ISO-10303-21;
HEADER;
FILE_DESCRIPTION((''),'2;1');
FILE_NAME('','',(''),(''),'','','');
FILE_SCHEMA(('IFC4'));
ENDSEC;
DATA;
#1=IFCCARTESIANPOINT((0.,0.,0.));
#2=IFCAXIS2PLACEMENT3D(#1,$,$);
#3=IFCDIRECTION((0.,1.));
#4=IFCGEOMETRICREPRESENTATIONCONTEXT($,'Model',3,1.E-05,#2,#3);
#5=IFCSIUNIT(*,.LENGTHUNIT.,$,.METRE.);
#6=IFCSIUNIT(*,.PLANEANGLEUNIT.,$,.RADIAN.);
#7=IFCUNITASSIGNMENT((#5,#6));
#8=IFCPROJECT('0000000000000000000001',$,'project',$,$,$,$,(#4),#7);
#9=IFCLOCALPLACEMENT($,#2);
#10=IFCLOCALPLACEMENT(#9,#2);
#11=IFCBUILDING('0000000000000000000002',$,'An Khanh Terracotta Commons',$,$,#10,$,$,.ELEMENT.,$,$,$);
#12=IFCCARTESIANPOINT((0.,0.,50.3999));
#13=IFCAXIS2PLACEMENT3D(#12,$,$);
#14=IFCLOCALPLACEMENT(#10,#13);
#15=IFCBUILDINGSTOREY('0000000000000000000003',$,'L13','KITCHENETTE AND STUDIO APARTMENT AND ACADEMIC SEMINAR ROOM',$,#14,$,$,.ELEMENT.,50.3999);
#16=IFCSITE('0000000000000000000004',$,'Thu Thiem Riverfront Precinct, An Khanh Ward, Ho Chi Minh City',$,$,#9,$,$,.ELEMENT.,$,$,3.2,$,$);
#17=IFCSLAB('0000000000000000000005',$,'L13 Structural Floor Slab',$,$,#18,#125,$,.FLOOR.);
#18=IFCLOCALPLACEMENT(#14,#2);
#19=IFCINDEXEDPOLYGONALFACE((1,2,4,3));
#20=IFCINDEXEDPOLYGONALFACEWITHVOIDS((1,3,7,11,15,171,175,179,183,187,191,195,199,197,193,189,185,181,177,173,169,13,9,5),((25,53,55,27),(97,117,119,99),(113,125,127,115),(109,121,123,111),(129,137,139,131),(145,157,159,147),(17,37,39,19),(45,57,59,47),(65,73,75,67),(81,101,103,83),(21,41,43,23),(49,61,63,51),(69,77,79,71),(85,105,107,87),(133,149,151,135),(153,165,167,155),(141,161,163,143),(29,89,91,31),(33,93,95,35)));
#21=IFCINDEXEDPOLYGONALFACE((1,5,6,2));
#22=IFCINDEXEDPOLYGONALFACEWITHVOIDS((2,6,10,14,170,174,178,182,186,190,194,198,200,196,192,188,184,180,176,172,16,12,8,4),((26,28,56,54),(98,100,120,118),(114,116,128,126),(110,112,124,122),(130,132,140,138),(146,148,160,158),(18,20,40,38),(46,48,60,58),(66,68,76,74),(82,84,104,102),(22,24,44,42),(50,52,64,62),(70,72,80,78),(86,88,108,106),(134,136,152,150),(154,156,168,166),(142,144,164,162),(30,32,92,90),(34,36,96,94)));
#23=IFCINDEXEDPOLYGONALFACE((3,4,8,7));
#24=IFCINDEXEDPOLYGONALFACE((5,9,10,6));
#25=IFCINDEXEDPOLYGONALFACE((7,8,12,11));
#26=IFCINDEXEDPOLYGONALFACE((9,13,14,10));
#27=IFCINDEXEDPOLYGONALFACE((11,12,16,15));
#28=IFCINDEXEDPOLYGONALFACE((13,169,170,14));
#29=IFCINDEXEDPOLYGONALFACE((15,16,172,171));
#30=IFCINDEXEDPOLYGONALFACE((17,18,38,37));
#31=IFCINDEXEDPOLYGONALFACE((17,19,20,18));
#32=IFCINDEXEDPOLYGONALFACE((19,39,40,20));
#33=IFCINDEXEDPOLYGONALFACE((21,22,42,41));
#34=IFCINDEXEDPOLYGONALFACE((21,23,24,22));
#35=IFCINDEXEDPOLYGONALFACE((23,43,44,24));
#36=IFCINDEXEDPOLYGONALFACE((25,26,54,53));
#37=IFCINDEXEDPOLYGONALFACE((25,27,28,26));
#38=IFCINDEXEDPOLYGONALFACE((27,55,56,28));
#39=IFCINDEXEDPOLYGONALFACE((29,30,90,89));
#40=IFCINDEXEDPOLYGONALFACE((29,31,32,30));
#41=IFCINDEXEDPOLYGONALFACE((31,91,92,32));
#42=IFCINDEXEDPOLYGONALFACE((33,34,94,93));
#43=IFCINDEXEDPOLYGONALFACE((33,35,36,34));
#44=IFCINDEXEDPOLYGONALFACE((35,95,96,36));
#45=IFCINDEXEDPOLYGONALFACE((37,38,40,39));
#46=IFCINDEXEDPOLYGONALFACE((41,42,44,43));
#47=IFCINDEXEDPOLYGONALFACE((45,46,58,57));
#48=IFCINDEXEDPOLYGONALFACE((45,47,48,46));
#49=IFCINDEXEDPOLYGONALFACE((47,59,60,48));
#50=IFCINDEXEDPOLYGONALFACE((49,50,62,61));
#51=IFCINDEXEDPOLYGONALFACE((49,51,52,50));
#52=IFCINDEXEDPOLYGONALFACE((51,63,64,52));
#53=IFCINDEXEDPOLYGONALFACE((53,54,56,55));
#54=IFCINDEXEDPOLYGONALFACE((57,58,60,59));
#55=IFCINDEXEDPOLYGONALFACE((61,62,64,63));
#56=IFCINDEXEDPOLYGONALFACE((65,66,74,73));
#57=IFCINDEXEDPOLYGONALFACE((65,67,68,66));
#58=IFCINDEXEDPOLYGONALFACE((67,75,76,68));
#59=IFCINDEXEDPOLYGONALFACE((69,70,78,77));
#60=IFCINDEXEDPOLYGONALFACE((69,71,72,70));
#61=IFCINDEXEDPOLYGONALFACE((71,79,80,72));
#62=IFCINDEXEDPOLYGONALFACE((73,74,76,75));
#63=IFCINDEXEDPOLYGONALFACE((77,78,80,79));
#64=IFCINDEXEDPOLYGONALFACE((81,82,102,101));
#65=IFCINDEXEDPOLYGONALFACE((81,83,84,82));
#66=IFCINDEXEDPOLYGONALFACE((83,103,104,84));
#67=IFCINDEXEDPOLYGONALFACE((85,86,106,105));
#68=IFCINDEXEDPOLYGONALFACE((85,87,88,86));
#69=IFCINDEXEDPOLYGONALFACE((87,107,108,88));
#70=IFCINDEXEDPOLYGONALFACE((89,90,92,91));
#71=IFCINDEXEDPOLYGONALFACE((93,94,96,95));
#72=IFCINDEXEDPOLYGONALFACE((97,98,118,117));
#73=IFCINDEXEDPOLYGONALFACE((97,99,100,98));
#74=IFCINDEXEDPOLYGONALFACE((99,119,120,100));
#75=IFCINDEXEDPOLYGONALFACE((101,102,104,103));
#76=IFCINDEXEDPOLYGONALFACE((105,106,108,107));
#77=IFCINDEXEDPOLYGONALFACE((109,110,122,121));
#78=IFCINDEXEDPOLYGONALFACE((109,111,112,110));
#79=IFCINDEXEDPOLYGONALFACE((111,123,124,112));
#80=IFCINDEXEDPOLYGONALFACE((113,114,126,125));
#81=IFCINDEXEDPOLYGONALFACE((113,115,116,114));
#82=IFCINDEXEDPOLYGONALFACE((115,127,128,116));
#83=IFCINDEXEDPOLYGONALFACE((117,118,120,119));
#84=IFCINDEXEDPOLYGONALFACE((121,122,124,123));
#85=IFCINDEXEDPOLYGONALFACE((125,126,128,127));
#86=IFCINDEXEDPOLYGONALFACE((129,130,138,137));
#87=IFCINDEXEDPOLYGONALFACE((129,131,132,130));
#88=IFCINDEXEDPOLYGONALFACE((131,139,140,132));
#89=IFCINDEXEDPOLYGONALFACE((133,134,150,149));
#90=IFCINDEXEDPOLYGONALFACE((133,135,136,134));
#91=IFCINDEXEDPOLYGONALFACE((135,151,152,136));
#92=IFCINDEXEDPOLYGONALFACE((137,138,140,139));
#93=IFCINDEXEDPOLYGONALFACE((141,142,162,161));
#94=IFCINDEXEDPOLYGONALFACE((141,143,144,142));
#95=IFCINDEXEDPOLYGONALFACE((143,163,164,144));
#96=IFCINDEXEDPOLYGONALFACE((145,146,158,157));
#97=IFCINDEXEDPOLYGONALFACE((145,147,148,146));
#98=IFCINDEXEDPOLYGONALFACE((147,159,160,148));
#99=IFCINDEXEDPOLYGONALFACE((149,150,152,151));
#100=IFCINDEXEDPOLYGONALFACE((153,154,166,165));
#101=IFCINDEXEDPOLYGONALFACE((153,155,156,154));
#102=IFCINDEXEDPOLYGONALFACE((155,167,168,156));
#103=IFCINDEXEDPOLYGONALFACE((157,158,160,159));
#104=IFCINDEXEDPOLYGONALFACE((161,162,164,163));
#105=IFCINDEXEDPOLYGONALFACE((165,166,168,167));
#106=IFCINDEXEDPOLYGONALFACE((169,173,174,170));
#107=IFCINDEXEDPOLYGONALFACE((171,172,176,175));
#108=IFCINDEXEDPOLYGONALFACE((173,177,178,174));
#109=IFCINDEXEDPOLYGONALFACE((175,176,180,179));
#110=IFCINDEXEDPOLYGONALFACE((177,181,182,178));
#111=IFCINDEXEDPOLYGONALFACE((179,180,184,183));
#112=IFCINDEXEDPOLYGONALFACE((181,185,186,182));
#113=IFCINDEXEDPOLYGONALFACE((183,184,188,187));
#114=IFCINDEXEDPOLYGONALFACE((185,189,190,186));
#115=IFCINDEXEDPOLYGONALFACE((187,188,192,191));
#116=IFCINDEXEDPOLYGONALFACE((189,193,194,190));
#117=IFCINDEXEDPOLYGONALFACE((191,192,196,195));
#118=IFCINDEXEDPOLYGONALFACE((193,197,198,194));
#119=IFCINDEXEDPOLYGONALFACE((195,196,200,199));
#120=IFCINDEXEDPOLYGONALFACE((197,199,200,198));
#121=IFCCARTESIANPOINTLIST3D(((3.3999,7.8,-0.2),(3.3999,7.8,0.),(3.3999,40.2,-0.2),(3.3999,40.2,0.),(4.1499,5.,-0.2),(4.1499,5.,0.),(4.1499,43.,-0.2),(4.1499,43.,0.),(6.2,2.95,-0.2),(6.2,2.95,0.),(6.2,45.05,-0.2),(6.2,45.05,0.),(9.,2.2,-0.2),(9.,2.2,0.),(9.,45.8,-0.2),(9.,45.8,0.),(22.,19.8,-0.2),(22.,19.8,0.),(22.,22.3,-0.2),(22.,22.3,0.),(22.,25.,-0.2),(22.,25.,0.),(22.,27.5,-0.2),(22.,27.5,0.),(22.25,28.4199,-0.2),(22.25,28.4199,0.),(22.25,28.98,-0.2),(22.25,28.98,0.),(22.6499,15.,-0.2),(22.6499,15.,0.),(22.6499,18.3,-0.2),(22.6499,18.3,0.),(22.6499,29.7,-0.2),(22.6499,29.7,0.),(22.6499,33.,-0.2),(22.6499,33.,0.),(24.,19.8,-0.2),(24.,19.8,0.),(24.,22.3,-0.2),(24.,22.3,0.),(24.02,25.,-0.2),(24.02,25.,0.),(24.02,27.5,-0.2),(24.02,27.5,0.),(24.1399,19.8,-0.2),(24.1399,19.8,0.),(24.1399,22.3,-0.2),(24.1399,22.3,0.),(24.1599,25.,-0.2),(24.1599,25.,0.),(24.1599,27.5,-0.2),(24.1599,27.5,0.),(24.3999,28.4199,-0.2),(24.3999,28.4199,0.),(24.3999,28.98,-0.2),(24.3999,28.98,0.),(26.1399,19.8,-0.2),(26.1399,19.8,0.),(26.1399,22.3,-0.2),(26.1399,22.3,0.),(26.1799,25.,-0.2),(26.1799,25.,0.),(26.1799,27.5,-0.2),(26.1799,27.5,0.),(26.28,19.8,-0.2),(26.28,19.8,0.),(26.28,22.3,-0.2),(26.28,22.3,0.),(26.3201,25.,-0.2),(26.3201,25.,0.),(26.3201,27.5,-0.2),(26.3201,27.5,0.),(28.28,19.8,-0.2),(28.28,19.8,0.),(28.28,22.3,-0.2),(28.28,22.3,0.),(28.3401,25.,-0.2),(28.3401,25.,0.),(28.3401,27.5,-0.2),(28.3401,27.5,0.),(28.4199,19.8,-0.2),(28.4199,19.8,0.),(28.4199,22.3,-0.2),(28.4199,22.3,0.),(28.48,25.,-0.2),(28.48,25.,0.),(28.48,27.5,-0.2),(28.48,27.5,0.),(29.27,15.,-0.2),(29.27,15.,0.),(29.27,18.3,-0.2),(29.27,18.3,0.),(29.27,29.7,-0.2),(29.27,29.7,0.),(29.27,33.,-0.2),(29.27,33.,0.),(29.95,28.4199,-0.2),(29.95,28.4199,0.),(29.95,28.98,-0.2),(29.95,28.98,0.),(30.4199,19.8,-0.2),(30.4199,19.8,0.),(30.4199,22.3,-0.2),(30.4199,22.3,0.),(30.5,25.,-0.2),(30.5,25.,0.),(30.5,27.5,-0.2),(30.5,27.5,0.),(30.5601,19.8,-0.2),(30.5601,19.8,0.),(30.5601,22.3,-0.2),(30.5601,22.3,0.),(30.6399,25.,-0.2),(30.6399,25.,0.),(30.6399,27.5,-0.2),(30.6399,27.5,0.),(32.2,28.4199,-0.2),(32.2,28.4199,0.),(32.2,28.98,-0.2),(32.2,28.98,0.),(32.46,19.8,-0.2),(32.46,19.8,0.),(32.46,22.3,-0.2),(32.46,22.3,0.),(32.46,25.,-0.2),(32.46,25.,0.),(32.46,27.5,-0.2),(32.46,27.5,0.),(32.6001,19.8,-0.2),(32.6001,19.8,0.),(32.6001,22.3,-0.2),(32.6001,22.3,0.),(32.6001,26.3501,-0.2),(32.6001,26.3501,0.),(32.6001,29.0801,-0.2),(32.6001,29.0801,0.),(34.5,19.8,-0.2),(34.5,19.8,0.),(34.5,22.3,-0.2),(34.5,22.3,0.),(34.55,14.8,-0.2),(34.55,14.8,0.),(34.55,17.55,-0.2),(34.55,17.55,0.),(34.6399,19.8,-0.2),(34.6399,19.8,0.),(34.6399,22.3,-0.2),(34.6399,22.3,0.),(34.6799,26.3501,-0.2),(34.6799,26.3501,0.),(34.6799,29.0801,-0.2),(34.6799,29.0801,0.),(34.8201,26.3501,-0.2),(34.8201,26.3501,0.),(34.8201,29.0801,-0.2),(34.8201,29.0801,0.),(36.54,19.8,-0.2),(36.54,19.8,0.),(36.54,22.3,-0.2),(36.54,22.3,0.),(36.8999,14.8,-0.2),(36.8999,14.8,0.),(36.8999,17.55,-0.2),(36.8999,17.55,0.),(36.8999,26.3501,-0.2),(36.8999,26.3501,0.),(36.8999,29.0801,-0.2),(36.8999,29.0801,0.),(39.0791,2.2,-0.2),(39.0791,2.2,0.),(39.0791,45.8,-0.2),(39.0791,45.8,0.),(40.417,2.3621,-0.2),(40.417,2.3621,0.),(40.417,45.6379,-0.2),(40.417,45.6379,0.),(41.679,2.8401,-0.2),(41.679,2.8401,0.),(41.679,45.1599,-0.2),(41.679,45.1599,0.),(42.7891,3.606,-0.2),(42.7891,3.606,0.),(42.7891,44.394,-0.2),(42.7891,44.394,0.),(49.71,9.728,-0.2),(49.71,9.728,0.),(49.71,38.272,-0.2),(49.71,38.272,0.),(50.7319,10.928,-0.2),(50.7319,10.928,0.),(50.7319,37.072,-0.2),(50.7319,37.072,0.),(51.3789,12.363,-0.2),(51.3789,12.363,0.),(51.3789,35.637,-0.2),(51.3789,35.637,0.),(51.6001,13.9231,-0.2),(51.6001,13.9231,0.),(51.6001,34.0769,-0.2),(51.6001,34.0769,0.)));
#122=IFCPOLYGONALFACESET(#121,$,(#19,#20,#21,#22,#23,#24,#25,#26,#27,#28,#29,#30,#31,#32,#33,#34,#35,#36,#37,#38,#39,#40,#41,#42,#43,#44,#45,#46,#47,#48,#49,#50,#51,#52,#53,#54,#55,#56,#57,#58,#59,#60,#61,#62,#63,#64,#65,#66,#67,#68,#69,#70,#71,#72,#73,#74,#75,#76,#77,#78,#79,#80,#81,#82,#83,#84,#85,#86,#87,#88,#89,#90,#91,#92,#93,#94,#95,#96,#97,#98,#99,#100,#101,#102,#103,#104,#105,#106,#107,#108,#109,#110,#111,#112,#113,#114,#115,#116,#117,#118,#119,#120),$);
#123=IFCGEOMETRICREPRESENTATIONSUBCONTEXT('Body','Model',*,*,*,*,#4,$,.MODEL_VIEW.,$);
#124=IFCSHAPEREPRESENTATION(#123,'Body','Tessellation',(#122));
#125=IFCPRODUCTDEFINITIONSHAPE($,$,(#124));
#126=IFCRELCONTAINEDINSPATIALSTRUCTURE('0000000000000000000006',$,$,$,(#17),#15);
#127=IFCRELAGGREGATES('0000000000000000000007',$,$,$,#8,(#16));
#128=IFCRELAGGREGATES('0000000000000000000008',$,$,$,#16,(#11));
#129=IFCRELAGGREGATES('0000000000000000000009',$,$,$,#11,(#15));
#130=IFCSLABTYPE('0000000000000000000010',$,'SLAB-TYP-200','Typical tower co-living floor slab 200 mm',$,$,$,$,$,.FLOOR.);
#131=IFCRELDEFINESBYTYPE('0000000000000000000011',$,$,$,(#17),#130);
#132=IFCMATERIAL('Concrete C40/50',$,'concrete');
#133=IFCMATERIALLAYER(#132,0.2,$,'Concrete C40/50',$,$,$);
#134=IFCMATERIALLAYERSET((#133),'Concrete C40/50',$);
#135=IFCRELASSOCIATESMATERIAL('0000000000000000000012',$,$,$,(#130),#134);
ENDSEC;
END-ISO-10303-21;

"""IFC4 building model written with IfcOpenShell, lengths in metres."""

from ifc_helpers import new_model, si_unit, direction, frame, origin, place, context, subcontext, project, spatial, polyline, outline, extrude, material, layer, layer_set, type_object, element, save


model = new_model("IFC4")

# Units and contexts
model_context = context("Model", 3, precision=1e-05, world=origin(), true_north=direction((0.0, 1.0)))
body_context = subcontext(model_context, "Body", "Model", "MODEL_VIEW")
ifc_project = project(units=[si_unit("LENGTHUNIT", "METRE"), si_unit("PLANEANGLEUNIT", "RADIAN")], contexts=[model_context])

# Site, building, storey
site_placement = place(None, origin())
site = spatial("IfcSite", under=ifc_project, at=site_placement, Name="Thu Thiem Riverfront Precinct, An Khanh Ward, Ho Chi Minh City", CompositionType="ELEMENT", RefElevation=3.2)
building_placement = place(site_placement, origin())
building = spatial("IfcBuilding", under=site, at=building_placement, Name="An Khanh Terracotta Commons", CompositionType="ELEMENT")
storey_placement = place(building_placement, frame((0.0, 0.0, 50.3999)))
storey = spatial("IfcBuildingStorey", under=building, at=storey_placement, Name="L13", Description="KITCHENETTE AND STUDIO APARTMENT AND ACADEMIC SEMINAR ROOM", CompositionType="ELEMENT", Elevation=50.3999)

# Shared definitions
ifc_material_1 = material(Name="Concrete C40/50", Category="concrete")

# Slab
ifc_layer_1 = layer(ifc_material_1, 0.2, Name="Concrete C40/50")
ifc_layer_set_1 = layer_set([ifc_layer_1], Name="Concrete C40/50")
slab_type_1 = type_object("IfcSlabType", Name="SLAB-TYP-200", Description="Typical tower co-living floor slab 200 mm", PredefinedType="FLOOR", material=ifc_layer_set_1)
slab_1_placement = place(storey_placement, frame((0.0, 0.0, -0.2)))
element("IfcSlab", 1, at=slab_1_placement, inside=storey, type_object=slab_type_1, Name="L13 Structural Floor Slab", PredefinedType="FLOOR", context=body_context, shape_type="SweptSolid", body=[
    extrude(outline(polyline([(3.3999, 7.8), (4.1499, 5.0), (6.2, 2.95), (9.0, 2.2), (39.0791, 2.2), (40.417, 2.3621), (41.679, 2.8401), (42.7891, 3.606), (49.71, 9.728), (50.7319, 10.928), (51.3789, 12.363), (51.6001, 13.9231), (51.6001, 34.0769), (51.3789, 35.637), (50.7319, 37.072), (49.71, 38.272), (42.7891, 44.394), (41.679, 45.1599), (40.417, 45.6379), (39.0791, 45.8), (9.0, 45.8), (6.2, 45.05), (4.1499, 43.0), (3.3999, 40.2), (3.3999, 7.8)]), holes=[polyline([(22.6499, 29.7), (29.27, 29.7), (29.27, 33.0), (22.6499, 33.0), (22.6499, 29.7)]), polyline([(22.6499, 15.0), (29.27, 15.0), (29.27, 18.3), (22.6499, 18.3), (22.6499, 15.0)]), polyline([(32.6001, 26.3501), (34.6799, 26.3501), (34.6799, 29.0801), (32.6001, 29.0801), (32.6001, 26.3501)]), polyline([(34.8201, 26.3501), (36.8999, 26.3501), (36.8999, 29.0801), (34.8201, 29.0801), (34.8201, 26.3501)]), polyline([(34.55, 14.8), (36.8999, 14.8), (36.8999, 17.55), (34.55, 17.55), (34.55, 14.8)]), polyline([(22.0, 25.0), (24.02, 25.0), (24.02, 27.5), (22.0, 27.5), (22.0, 25.0)]), polyline([(24.1599, 25.0), (26.1799, 25.0), (26.1799, 27.5), (24.1599, 27.5), (24.1599, 25.0)]), polyline([(22.0, 19.8), (24.0, 19.8), (24.0, 22.3), (22.0, 22.3), (22.0, 19.8)]), polyline([(24.1399, 19.8), (26.1399, 19.8), (26.1399, 22.3), (24.1399, 22.3), (24.1399, 19.8)]), polyline([(26.3201, 25.0), (28.3401, 25.0), (28.3401, 27.5), (26.3201, 27.5), (26.3201, 25.0)]), polyline([(28.48, 25.0), (30.5, 25.0), (30.5, 27.5), (28.48, 27.5), (28.48, 25.0)]), polyline([(26.28, 19.8), (28.28, 19.8), (28.28, 22.3), (26.28, 22.3), (26.28, 19.8)]), polyline([(28.4199, 19.8), (30.4199, 19.8), (30.4199, 22.3), (28.4199, 22.3), (28.4199, 19.8)]), polyline([(30.6399, 25.0), (32.46, 25.0), (32.46, 27.5), (30.6399, 27.5), (30.6399, 25.0)]), polyline([(30.5601, 19.8), (32.46, 19.8), (32.46, 22.3), (30.5601, 22.3), (30.5601, 19.8)]), polyline([(32.6001, 19.8), (34.5, 19.8), (34.5, 22.3), (32.6001, 22.3), (32.6001, 19.8)]), polyline([(34.6399, 19.8), (36.54, 19.8), (36.54, 22.3), (34.6399, 22.3), (34.6399, 19.8)]), polyline([(22.25, 28.4199), (24.3999, 28.4199), (24.3999, 28.98), (22.25, 28.98), (22.25, 28.4199)]), polyline([(29.95, 28.4199), (32.2, 28.4199), (32.2, 28.98), (29.95, 28.98), (29.95, 28.4199)])]), origin(), (0.0, 0.0, 1.0), 0.2),
])

save(model, "model.ifc")
